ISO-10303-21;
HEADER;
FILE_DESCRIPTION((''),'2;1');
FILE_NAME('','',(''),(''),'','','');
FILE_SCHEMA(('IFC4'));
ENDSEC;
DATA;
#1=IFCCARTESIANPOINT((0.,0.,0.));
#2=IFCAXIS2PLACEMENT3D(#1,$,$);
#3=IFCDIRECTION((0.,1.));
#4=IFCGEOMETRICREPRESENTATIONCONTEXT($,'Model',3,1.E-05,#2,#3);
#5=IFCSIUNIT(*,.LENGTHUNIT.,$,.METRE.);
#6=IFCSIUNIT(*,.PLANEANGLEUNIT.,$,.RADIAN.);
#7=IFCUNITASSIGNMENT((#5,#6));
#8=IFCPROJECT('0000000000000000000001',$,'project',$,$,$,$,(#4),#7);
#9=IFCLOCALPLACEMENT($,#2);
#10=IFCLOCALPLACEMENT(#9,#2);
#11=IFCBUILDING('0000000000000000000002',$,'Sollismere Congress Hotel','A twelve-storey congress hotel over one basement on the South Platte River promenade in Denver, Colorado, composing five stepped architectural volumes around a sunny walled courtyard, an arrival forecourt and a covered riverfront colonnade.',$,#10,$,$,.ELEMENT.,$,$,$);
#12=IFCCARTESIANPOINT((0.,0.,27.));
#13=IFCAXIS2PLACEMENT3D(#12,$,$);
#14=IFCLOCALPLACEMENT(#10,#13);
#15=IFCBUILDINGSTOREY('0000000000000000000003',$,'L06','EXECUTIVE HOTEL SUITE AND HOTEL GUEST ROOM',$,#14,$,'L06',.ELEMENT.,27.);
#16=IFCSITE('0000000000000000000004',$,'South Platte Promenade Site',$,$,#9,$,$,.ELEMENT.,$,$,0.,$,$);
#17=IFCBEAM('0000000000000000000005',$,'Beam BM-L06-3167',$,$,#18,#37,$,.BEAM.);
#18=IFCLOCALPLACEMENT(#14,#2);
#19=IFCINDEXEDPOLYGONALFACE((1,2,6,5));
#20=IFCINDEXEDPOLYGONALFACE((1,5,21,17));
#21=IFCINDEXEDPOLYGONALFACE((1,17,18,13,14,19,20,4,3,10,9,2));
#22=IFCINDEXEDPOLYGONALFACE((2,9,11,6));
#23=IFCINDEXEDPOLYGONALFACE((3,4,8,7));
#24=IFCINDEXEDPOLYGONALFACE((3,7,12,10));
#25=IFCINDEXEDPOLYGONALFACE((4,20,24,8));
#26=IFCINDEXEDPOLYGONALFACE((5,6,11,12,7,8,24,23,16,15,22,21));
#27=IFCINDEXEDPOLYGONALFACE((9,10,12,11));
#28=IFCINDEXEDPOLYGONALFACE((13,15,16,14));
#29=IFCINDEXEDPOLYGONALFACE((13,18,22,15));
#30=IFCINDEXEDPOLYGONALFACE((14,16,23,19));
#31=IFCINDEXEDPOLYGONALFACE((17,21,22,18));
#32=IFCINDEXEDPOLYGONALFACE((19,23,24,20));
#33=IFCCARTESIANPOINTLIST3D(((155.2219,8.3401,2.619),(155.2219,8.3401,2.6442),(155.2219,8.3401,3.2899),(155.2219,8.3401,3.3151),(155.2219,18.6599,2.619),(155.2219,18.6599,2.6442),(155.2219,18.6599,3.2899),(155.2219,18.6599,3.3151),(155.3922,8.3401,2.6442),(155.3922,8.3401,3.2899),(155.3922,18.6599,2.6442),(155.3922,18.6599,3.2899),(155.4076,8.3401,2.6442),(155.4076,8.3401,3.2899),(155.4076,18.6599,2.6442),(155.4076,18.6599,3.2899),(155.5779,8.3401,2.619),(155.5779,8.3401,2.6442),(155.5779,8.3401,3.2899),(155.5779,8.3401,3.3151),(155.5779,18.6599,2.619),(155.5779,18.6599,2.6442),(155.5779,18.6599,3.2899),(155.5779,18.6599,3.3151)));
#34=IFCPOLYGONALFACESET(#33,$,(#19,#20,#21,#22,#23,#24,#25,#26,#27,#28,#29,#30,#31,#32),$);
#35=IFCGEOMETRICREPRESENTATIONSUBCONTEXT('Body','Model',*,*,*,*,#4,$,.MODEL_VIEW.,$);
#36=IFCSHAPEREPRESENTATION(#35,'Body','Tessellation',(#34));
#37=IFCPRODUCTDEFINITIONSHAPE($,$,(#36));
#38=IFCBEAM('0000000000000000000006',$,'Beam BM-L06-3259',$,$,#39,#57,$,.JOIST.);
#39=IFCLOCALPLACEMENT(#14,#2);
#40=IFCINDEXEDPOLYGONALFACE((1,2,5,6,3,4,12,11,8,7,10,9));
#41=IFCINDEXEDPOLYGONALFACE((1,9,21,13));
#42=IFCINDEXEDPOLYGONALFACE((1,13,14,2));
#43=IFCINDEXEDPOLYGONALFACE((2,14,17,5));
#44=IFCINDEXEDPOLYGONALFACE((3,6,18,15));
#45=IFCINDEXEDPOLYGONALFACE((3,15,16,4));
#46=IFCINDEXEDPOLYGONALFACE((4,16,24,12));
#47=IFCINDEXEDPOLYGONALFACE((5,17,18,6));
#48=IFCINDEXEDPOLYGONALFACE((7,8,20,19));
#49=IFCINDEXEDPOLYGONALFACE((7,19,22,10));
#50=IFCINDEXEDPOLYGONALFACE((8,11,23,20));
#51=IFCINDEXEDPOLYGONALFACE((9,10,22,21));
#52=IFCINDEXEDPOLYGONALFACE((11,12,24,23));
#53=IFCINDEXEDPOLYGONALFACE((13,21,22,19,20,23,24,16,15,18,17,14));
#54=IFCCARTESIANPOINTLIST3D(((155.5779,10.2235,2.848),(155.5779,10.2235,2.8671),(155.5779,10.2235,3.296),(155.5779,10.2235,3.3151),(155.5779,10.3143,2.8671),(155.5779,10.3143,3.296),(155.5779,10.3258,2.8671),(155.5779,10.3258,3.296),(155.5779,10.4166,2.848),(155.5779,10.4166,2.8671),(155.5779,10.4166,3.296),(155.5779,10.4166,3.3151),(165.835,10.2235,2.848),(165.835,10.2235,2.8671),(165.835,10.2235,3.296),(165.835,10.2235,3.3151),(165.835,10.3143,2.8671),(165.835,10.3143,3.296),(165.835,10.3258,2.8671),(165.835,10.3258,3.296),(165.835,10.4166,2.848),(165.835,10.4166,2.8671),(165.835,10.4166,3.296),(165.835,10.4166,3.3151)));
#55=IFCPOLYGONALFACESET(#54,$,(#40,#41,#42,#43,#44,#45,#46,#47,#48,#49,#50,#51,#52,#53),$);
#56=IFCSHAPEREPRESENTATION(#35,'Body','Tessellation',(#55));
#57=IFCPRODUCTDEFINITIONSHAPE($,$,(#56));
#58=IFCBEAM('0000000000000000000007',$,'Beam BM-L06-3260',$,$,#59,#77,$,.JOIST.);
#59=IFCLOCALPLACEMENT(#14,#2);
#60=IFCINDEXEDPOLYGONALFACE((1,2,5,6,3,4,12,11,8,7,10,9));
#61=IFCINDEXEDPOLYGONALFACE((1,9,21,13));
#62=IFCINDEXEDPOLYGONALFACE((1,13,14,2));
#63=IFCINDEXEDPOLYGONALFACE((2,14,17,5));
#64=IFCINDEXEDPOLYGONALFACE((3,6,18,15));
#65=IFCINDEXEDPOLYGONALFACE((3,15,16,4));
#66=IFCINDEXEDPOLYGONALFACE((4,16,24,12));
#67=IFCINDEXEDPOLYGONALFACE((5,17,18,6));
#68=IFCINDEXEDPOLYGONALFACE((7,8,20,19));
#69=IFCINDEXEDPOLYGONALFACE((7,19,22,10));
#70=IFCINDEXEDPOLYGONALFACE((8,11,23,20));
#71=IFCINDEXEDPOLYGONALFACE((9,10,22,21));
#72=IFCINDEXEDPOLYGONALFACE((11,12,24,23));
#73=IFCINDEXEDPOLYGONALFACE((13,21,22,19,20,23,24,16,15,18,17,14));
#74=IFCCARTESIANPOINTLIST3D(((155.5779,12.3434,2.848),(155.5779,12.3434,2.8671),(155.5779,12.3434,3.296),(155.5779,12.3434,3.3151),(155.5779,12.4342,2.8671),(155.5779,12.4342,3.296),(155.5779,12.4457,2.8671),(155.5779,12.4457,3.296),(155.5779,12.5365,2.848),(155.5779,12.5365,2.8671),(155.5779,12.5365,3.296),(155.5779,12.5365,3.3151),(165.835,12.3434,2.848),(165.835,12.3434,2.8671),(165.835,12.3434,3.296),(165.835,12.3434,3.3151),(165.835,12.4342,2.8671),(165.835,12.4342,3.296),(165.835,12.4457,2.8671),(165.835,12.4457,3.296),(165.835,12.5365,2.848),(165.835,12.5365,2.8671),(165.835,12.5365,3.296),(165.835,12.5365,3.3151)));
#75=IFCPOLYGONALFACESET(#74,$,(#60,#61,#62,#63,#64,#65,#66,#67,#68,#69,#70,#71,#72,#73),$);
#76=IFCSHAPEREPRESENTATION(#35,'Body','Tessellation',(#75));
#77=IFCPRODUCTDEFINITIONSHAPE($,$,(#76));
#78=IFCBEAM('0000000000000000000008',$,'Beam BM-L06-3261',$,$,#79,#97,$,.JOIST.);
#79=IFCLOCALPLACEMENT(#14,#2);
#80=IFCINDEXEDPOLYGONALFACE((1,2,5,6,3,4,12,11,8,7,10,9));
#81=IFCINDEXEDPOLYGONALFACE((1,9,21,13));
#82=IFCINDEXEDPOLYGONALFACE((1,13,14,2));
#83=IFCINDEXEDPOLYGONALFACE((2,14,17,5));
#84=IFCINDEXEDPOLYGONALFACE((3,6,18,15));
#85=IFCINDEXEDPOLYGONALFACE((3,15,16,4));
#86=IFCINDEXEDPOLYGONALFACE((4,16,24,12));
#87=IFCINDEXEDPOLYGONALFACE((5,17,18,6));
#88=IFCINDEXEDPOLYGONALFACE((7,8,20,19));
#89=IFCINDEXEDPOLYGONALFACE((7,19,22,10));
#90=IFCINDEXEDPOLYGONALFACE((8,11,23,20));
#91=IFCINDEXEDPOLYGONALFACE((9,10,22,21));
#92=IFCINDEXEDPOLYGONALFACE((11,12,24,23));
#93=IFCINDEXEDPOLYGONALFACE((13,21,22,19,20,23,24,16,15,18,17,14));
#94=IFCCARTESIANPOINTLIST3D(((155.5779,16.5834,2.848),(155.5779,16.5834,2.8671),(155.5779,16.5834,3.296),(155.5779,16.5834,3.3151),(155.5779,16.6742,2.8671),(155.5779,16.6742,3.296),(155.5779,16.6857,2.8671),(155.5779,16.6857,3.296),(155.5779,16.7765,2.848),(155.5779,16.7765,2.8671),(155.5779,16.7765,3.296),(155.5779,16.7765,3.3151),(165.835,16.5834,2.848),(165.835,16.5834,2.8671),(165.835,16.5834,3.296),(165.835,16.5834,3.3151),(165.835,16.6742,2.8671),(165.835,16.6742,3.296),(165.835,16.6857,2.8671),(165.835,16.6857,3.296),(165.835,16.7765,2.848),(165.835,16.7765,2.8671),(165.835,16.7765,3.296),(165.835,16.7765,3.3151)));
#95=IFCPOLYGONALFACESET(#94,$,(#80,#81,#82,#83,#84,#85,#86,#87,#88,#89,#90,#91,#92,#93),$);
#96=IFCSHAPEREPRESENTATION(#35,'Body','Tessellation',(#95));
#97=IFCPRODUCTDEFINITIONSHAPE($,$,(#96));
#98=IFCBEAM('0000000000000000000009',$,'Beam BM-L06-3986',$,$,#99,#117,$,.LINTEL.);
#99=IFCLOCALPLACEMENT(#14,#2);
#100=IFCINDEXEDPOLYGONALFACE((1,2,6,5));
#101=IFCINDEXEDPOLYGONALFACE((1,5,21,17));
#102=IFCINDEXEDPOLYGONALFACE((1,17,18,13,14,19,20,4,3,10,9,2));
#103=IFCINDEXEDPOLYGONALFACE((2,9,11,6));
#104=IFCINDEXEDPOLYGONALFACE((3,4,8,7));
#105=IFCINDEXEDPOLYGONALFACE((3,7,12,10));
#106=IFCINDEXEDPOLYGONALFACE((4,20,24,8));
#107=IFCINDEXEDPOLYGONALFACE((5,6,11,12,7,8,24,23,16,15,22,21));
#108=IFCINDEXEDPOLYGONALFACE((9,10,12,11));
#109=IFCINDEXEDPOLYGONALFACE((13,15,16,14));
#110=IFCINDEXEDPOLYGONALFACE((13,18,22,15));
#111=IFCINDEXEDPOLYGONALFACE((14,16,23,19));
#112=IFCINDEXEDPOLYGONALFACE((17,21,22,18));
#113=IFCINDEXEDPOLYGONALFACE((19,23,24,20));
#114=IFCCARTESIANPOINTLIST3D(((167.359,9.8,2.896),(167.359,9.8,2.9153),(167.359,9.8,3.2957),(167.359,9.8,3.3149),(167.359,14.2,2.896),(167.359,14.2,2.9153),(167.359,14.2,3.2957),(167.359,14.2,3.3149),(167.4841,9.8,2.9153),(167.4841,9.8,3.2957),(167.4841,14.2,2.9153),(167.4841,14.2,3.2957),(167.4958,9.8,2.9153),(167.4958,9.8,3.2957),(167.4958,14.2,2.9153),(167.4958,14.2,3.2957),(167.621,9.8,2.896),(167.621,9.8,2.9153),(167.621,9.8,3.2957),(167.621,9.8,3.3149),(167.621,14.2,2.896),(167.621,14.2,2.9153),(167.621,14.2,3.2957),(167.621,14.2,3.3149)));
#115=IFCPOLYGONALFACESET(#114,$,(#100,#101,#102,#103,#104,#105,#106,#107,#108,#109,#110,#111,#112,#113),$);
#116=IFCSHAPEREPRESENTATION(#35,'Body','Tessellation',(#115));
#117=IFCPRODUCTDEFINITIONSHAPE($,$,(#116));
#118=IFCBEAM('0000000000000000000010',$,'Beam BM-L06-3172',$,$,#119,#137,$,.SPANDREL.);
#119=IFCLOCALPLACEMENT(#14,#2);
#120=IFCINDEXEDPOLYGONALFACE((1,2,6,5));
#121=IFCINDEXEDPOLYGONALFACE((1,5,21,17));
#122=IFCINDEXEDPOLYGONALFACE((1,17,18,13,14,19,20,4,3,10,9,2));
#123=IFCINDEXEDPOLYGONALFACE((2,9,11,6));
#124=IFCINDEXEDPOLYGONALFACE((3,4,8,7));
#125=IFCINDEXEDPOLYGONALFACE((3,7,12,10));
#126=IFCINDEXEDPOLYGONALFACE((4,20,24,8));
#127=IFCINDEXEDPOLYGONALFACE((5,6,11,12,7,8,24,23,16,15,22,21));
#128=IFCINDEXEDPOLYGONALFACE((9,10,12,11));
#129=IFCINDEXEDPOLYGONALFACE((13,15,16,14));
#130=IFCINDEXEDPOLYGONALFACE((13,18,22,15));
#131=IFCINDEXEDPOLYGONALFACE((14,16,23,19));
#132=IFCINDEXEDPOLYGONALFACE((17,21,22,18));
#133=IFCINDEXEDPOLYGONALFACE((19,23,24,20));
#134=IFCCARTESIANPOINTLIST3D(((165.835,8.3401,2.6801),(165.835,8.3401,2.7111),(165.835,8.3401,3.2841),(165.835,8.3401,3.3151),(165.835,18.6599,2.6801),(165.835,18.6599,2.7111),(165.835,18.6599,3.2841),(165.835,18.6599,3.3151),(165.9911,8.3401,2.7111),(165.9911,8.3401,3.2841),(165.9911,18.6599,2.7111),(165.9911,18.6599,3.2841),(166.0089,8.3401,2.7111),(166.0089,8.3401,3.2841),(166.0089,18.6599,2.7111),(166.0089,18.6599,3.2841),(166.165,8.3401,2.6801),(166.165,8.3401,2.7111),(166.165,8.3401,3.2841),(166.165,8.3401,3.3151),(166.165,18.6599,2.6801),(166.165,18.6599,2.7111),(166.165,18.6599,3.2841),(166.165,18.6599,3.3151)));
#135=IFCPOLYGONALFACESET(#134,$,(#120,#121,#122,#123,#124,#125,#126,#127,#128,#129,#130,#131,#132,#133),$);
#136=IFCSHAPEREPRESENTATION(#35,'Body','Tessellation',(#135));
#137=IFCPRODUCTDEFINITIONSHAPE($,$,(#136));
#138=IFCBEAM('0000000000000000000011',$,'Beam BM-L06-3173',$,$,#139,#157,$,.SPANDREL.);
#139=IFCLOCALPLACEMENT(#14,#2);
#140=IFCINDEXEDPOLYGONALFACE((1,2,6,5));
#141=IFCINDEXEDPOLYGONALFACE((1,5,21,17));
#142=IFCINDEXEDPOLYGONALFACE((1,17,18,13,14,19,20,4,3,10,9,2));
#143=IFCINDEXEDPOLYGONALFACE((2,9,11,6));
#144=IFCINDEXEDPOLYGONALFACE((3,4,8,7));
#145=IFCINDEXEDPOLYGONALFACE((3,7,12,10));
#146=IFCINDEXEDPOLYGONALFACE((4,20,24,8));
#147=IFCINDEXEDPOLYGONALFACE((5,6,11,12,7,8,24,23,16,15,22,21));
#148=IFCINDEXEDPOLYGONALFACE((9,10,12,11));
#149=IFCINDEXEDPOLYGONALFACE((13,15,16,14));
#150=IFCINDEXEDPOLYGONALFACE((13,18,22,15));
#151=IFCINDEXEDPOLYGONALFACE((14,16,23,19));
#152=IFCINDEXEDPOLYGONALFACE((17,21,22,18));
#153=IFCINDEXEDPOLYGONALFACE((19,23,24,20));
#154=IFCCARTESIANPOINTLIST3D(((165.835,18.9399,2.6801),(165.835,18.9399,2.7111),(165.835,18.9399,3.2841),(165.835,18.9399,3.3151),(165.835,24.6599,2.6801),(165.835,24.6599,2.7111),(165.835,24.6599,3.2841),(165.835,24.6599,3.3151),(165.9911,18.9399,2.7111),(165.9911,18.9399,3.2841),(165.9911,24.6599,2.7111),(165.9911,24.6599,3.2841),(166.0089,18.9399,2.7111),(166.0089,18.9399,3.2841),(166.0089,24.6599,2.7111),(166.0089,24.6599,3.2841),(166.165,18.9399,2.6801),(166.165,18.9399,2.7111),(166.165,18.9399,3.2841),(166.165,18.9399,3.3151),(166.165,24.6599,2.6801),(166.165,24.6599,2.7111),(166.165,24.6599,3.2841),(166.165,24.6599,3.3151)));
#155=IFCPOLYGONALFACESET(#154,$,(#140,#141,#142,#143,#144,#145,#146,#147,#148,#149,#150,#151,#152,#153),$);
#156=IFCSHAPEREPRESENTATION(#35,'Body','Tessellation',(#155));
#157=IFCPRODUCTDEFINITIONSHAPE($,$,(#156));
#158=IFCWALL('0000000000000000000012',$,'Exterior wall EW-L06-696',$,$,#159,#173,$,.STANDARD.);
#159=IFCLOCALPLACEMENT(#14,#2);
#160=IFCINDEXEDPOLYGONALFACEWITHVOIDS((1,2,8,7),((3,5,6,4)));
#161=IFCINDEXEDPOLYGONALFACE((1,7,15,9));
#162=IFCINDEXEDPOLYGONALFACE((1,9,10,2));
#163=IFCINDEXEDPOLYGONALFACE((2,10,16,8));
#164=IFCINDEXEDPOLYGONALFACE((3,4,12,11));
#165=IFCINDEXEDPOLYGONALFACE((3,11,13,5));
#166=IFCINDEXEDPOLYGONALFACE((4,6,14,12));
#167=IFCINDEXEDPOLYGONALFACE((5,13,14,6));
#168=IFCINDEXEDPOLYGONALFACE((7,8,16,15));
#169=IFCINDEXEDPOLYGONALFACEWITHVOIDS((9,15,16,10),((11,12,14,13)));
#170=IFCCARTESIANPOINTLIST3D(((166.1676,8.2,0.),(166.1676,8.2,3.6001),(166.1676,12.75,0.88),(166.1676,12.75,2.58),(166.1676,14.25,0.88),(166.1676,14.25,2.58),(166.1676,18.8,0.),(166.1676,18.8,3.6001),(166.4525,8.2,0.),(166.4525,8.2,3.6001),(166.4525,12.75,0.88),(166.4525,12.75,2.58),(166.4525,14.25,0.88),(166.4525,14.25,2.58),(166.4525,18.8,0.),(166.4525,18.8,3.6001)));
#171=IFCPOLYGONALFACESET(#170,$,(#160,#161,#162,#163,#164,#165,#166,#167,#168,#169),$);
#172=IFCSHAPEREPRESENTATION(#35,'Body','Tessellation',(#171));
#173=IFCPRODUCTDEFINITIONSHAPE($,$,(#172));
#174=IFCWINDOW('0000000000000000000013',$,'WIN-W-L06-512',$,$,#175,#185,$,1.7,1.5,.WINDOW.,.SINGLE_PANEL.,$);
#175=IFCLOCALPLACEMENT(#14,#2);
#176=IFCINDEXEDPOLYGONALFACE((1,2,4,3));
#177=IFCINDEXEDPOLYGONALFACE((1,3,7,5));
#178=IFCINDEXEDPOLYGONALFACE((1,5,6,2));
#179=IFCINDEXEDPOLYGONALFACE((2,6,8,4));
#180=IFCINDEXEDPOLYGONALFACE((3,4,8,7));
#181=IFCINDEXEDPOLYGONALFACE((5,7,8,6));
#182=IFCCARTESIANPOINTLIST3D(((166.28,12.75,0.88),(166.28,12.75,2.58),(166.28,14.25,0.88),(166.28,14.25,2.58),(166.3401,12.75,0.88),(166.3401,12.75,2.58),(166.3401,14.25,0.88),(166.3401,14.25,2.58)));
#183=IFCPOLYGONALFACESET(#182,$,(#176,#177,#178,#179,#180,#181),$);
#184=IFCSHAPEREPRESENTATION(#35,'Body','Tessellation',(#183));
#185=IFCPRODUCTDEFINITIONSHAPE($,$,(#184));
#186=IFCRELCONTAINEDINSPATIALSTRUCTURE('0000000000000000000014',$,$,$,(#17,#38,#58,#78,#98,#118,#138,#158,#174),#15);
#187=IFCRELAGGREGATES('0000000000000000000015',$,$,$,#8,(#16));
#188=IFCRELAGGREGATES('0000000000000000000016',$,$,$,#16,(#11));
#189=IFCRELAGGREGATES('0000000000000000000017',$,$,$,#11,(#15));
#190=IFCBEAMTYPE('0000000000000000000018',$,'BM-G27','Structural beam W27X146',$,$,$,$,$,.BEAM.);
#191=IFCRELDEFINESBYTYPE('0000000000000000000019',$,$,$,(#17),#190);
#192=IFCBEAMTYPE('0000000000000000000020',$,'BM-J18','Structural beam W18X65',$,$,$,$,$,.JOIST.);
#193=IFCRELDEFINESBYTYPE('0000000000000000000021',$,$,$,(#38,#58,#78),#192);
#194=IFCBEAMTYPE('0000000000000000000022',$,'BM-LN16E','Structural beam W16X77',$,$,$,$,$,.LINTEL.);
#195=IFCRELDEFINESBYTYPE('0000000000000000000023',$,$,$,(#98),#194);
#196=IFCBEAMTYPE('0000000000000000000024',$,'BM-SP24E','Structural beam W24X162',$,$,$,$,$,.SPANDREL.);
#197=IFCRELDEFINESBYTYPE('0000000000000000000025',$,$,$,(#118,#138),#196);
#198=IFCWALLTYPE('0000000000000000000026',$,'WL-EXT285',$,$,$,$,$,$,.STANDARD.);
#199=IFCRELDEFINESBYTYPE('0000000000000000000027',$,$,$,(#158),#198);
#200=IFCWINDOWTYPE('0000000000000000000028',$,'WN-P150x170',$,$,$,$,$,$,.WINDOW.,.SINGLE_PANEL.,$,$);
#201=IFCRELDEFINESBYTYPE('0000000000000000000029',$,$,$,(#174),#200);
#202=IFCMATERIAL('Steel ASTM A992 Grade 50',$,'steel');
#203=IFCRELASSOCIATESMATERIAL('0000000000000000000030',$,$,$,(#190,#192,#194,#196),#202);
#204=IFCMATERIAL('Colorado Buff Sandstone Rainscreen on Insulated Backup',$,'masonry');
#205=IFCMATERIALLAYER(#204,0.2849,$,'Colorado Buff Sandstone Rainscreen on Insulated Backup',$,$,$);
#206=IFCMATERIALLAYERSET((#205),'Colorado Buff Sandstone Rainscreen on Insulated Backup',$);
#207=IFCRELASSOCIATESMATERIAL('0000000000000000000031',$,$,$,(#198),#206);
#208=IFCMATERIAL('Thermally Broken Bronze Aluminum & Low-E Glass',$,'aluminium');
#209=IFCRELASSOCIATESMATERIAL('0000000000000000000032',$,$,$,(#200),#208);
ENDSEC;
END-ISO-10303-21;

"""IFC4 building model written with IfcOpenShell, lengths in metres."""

from ifc_helpers import new_model, si_unit, direction, frame, frame_2d, origin, origin_2d, place, context, subcontext, project, spatial, rectangle, i_section, extrude, material, layer, layer_set, material_profile, profile_set, type_object, element, fill, save


model = new_model("IFC4")

# Units and contexts
model_context = context("Model", 3, precision=1e-05, world=origin(), true_north=direction((0.0, 1.0)))
body_context = subcontext(model_context, "Body", "Model", "MODEL_VIEW")
ifc_project = project(units=[si_unit("LENGTHUNIT", "METRE"), si_unit("PLANEANGLEUNIT", "RADIAN")], contexts=[model_context])

# Site, building, storey
site_placement = place(None, origin())
site = spatial("IfcSite", under=ifc_project, at=site_placement, Name="South Platte Promenade Site", CompositionType="ELEMENT", RefElevation=0.0)
building_placement = place(site_placement, origin())
building = spatial("IfcBuilding", under=site, at=building_placement, Name="Sollismere Congress Hotel", Description="A twelve-storey congress hotel over one basement on the South Platte River promenade in Denver, Colorado, composing five stepped architectural volumes around a sunny walled courtyard, an arrival forecourt and a covered riverfront colonnade.", CompositionType="ELEMENT")
storey_placement = place(building_placement, frame((0.0, 0.0, 27.0)))
storey = spatial("IfcBuildingStorey", under=building, at=storey_placement, Name="L06", Description="EXECUTIVE HOTEL SUITE AND HOTEL GUEST ROOM", LongName="L06", CompositionType="ELEMENT", Elevation=27.0)

# Shared definitions
ifc_material_1 = material(Name="Steel ASTM A992 Grade 50", Category="steel")

# Beams
ifc_material_profile_1 = material_profile(ifc_material_1, i_section(OverallWidth=0.356, OverallDepth=0.696, WebThickness=0.0154, FlangeThickness=0.0251, at=origin_2d()), Name="W27X146")
ifc_profile_set_1 = profile_set([ifc_material_profile_1], Name="Steel ASTM A992 Grade 50")
beam_type_1 = type_object("IfcBeamType", Name="BM-G27", Description="Structural beam W27X146", PredefinedType="BEAM", material=ifc_profile_set_1)
beam_1_placement = place(storey_placement, frame((155.3999, 8.3401, 2.967), z_axis=(0.0, 1.0, 0.0), x_axis=(-1.0, 0.0, 0.0)))
element("IfcBeam", 1, at=beam_1_placement, inside=storey, type_object=beam_type_1, Name="Beam BM-L06-3167", PredefinedType="BEAM", context=body_context, shape_type="SweptSolid", body=[
    extrude(i_section(OverallWidth=0.356, OverallDepth=0.696, WebThickness=0.0154, FlangeThickness=0.0251, at=origin_2d()), origin(), (0.0, 0.0, 1.0), 10.3198),
])
ifc_material_profile_2 = material_profile(ifc_material_1, i_section(OverallWidth=0.1931, OverallDepth=0.467, WebThickness=0.0115, FlangeThickness=0.019, at=origin_2d()), Name="W18X65")
ifc_profile_set_2 = profile_set([ifc_material_profile_2], Name="Steel ASTM A992 Grade 50")
beam_type_2 = type_object("IfcBeamType", Name="BM-J18", Description="Structural beam W18X65", PredefinedType="JOIST", material=ifc_profile_set_2)
for number, where, z_axis, x_axis, name in (
    (2, (155.5779, 10.3201, 3.0815), (1.0, 0.0, 0.0), (0.0, 1.0, 0.0), "Beam BM-L06-3259"),
    (3, (155.5779, 12.4399, 3.0815), (1.0, 0.0, 0.0), (0.0, 1.0, 0.0), "Beam BM-L06-3260"),
    (4, (155.5779, 16.6799, 3.0815), (1.0, 0.0, 0.0), (0.0, 1.0, 0.0), "Beam BM-L06-3261"),
):
    element("IfcBeam", number, at=place(storey_placement, frame(where, z_axis=z_axis, x_axis=x_axis)), inside=storey, type_object=beam_type_2, Name=name, PredefinedType="JOIST", context=body_context, shape_type="SweptSolid", body=[
        extrude(i_section(OverallWidth=0.1931, OverallDepth=0.467, WebThickness=0.0115, FlangeThickness=0.019, at=origin_2d()), origin(), (0.0, 0.0, 1.0), 10.2571),
    ])
ifc_material_profile_3 = material_profile(ifc_material_1, i_section(OverallWidth=0.262, OverallDepth=0.4189, WebThickness=0.0117, FlangeThickness=0.0193, at=origin_2d()), Name="W16X77")
ifc_profile_set_3 = profile_set([ifc_material_profile_3], Name="Steel ASTM A992 Grade 50")
beam_type_3 = type_object("IfcBeamType", Name="BM-LN16E", Description="Structural beam W16X77", PredefinedType="LINTEL", material=ifc_profile_set_3)
beam_2_placement = place(storey_placement, frame((167.49, 9.8, 3.1055), z_axis=(0.0, 1.0, 0.0), x_axis=(-1.0, 0.0, 0.0)))
element("IfcBeam", 5, at=beam_2_placement, inside=storey, type_object=beam_type_3, Name="Beam BM-L06-3986", PredefinedType="LINTEL", context=body_context, shape_type="SweptSolid", body=[
    extrude(i_section(OverallWidth=0.262, OverallDepth=0.4189, WebThickness=0.0117, FlangeThickness=0.0193, at=origin_2d()), origin(), (0.0, 0.0, 1.0), 4.3999),
])
ifc_material_profile_4 = material_profile(ifc_material_1, i_section(OverallWidth=0.3301, OverallDepth=0.635, WebThickness=0.0178, FlangeThickness=0.031, at=origin_2d()), Name="W24X162")
ifc_profile_set_4 = profile_set([ifc_material_profile_4], Name="Steel ASTM A992 Grade 50")
beam_type_4 = type_object("IfcBeamType", Name="BM-SP24E", Description="Structural beam W24X162", PredefinedType="SPANDREL", material=ifc_profile_set_4)
beam_3_placement = place(storey_placement, frame((166.0, 8.3401, 2.9976), z_axis=(0.0, 1.0, 0.0), x_axis=(-1.0, 0.0, 0.0)))
element("IfcBeam", 6, at=beam_3_placement, inside=storey, type_object=beam_type_4, Name="Beam BM-L06-3172", PredefinedType="SPANDREL", context=body_context, shape_type="SweptSolid", body=[
    extrude(i_section(OverallWidth=0.3301, OverallDepth=0.635, WebThickness=0.0178, FlangeThickness=0.031, at=origin_2d()), origin(), (0.0, 0.0, 1.0), 10.3198),
])
beam_4_placement = place(storey_placement, frame((166.0, 18.9399, 2.9976), z_axis=(0.0, 1.0, 0.0), x_axis=(-1.0, 0.0, 0.0)))
element("IfcBeam", 7, at=beam_4_placement, inside=storey, type_object=beam_type_4, Name="Beam BM-L06-3173", PredefinedType="SPANDREL", context=body_context, shape_type="SweptSolid", body=[
    extrude(i_section(OverallWidth=0.3301, OverallDepth=0.635, WebThickness=0.0178, FlangeThickness=0.031, at=origin_2d()), origin(), (0.0, 0.0, 1.0), 5.72),
])

# Wall, opening, window
ifc_material_2 = material(Name="Colorado Buff Sandstone Rainscreen on Insulated Backup", Category="masonry")
ifc_layer_1 = layer(ifc_material_2, 0.2849, Name="Colorado Buff Sandstone Rainscreen on Insulated Backup")
ifc_layer_set_1 = layer_set([ifc_layer_1], Name="Colorado Buff Sandstone Rainscreen on Insulated Backup")
wall_type_1 = type_object("IfcWallType", Name="WL-EXT285", PredefinedType="STANDARD", material=ifc_layer_set_1)
wall_1_placement = place(storey_placement, frame((166.3101, 8.2, 0.0), z_axis=(0.0, 0.0, 1.0), x_axis=(0.0, 1.0, 0.0)))
wall_1 = element("IfcWall", 8, at=wall_1_placement, inside=storey, type_object=wall_type_1, Name="Exterior wall EW-L06-696", PredefinedType="STANDARD", context=body_context, shape_type="SweptSolid", body=[
    extrude(rectangle(XDim=10.6001, YDim=0.2849, at=frame_2d((5.3, 0.0))), origin(), (0.0, 0.0, 1.0), 3.6001),
])
opening_1_placement = place(wall_1_placement, frame((4.55, 0.0, 0.8799)))
opening_1 = element("IfcOpeningElement", 9, at=opening_1_placement, cuts=wall_1, PredefinedType="OPENING", context=body_context, shape_type="SweptSolid", body=[
    extrude(rectangle(XDim=1.5, YDim=1.7, at=frame_2d((0.75, 0.8501))), frame((0.0, 0.1523, 0.0), z_axis=(0.0, -1.0, 0.0), x_axis=(1.0, 0.0, 0.0)), (0.0, 0.0, 1.0), 0.3049),
])
ifc_material_3 = material(Name="Thermally Broken Bronze Aluminum & Low-E Glass", Category="aluminium")
window_type_1 = type_object("IfcWindowType", Name="WN-P150x170", PartitioningType="SINGLE_PANEL", PredefinedType="WINDOW", material=ifc_material_3)
window_1_placement = place(opening_1_placement, origin())
window_1 = element("IfcWindow", 10, at=window_1_placement, inside=storey, type_object=window_type_1, Name="WIN-W-L06-512", OverallHeight=1.7, OverallWidth=1.5, PartitioningType="SINGLE_PANEL", PredefinedType="WINDOW", context=body_context, shape_type="SweptSolid", body=[
    extrude(rectangle(XDim=1.5, YDim=1.7, at=frame_2d((0.75, 0.8501))), frame((0.0, 0.03, 0.0), z_axis=(0.0, -1.0, 0.0), x_axis=(1.0, 0.0, 0.0)), (0.0, 0.0, 1.0), 0.0601),
])
fill(opening_1, window_1)

save(model, "model.ifc")
